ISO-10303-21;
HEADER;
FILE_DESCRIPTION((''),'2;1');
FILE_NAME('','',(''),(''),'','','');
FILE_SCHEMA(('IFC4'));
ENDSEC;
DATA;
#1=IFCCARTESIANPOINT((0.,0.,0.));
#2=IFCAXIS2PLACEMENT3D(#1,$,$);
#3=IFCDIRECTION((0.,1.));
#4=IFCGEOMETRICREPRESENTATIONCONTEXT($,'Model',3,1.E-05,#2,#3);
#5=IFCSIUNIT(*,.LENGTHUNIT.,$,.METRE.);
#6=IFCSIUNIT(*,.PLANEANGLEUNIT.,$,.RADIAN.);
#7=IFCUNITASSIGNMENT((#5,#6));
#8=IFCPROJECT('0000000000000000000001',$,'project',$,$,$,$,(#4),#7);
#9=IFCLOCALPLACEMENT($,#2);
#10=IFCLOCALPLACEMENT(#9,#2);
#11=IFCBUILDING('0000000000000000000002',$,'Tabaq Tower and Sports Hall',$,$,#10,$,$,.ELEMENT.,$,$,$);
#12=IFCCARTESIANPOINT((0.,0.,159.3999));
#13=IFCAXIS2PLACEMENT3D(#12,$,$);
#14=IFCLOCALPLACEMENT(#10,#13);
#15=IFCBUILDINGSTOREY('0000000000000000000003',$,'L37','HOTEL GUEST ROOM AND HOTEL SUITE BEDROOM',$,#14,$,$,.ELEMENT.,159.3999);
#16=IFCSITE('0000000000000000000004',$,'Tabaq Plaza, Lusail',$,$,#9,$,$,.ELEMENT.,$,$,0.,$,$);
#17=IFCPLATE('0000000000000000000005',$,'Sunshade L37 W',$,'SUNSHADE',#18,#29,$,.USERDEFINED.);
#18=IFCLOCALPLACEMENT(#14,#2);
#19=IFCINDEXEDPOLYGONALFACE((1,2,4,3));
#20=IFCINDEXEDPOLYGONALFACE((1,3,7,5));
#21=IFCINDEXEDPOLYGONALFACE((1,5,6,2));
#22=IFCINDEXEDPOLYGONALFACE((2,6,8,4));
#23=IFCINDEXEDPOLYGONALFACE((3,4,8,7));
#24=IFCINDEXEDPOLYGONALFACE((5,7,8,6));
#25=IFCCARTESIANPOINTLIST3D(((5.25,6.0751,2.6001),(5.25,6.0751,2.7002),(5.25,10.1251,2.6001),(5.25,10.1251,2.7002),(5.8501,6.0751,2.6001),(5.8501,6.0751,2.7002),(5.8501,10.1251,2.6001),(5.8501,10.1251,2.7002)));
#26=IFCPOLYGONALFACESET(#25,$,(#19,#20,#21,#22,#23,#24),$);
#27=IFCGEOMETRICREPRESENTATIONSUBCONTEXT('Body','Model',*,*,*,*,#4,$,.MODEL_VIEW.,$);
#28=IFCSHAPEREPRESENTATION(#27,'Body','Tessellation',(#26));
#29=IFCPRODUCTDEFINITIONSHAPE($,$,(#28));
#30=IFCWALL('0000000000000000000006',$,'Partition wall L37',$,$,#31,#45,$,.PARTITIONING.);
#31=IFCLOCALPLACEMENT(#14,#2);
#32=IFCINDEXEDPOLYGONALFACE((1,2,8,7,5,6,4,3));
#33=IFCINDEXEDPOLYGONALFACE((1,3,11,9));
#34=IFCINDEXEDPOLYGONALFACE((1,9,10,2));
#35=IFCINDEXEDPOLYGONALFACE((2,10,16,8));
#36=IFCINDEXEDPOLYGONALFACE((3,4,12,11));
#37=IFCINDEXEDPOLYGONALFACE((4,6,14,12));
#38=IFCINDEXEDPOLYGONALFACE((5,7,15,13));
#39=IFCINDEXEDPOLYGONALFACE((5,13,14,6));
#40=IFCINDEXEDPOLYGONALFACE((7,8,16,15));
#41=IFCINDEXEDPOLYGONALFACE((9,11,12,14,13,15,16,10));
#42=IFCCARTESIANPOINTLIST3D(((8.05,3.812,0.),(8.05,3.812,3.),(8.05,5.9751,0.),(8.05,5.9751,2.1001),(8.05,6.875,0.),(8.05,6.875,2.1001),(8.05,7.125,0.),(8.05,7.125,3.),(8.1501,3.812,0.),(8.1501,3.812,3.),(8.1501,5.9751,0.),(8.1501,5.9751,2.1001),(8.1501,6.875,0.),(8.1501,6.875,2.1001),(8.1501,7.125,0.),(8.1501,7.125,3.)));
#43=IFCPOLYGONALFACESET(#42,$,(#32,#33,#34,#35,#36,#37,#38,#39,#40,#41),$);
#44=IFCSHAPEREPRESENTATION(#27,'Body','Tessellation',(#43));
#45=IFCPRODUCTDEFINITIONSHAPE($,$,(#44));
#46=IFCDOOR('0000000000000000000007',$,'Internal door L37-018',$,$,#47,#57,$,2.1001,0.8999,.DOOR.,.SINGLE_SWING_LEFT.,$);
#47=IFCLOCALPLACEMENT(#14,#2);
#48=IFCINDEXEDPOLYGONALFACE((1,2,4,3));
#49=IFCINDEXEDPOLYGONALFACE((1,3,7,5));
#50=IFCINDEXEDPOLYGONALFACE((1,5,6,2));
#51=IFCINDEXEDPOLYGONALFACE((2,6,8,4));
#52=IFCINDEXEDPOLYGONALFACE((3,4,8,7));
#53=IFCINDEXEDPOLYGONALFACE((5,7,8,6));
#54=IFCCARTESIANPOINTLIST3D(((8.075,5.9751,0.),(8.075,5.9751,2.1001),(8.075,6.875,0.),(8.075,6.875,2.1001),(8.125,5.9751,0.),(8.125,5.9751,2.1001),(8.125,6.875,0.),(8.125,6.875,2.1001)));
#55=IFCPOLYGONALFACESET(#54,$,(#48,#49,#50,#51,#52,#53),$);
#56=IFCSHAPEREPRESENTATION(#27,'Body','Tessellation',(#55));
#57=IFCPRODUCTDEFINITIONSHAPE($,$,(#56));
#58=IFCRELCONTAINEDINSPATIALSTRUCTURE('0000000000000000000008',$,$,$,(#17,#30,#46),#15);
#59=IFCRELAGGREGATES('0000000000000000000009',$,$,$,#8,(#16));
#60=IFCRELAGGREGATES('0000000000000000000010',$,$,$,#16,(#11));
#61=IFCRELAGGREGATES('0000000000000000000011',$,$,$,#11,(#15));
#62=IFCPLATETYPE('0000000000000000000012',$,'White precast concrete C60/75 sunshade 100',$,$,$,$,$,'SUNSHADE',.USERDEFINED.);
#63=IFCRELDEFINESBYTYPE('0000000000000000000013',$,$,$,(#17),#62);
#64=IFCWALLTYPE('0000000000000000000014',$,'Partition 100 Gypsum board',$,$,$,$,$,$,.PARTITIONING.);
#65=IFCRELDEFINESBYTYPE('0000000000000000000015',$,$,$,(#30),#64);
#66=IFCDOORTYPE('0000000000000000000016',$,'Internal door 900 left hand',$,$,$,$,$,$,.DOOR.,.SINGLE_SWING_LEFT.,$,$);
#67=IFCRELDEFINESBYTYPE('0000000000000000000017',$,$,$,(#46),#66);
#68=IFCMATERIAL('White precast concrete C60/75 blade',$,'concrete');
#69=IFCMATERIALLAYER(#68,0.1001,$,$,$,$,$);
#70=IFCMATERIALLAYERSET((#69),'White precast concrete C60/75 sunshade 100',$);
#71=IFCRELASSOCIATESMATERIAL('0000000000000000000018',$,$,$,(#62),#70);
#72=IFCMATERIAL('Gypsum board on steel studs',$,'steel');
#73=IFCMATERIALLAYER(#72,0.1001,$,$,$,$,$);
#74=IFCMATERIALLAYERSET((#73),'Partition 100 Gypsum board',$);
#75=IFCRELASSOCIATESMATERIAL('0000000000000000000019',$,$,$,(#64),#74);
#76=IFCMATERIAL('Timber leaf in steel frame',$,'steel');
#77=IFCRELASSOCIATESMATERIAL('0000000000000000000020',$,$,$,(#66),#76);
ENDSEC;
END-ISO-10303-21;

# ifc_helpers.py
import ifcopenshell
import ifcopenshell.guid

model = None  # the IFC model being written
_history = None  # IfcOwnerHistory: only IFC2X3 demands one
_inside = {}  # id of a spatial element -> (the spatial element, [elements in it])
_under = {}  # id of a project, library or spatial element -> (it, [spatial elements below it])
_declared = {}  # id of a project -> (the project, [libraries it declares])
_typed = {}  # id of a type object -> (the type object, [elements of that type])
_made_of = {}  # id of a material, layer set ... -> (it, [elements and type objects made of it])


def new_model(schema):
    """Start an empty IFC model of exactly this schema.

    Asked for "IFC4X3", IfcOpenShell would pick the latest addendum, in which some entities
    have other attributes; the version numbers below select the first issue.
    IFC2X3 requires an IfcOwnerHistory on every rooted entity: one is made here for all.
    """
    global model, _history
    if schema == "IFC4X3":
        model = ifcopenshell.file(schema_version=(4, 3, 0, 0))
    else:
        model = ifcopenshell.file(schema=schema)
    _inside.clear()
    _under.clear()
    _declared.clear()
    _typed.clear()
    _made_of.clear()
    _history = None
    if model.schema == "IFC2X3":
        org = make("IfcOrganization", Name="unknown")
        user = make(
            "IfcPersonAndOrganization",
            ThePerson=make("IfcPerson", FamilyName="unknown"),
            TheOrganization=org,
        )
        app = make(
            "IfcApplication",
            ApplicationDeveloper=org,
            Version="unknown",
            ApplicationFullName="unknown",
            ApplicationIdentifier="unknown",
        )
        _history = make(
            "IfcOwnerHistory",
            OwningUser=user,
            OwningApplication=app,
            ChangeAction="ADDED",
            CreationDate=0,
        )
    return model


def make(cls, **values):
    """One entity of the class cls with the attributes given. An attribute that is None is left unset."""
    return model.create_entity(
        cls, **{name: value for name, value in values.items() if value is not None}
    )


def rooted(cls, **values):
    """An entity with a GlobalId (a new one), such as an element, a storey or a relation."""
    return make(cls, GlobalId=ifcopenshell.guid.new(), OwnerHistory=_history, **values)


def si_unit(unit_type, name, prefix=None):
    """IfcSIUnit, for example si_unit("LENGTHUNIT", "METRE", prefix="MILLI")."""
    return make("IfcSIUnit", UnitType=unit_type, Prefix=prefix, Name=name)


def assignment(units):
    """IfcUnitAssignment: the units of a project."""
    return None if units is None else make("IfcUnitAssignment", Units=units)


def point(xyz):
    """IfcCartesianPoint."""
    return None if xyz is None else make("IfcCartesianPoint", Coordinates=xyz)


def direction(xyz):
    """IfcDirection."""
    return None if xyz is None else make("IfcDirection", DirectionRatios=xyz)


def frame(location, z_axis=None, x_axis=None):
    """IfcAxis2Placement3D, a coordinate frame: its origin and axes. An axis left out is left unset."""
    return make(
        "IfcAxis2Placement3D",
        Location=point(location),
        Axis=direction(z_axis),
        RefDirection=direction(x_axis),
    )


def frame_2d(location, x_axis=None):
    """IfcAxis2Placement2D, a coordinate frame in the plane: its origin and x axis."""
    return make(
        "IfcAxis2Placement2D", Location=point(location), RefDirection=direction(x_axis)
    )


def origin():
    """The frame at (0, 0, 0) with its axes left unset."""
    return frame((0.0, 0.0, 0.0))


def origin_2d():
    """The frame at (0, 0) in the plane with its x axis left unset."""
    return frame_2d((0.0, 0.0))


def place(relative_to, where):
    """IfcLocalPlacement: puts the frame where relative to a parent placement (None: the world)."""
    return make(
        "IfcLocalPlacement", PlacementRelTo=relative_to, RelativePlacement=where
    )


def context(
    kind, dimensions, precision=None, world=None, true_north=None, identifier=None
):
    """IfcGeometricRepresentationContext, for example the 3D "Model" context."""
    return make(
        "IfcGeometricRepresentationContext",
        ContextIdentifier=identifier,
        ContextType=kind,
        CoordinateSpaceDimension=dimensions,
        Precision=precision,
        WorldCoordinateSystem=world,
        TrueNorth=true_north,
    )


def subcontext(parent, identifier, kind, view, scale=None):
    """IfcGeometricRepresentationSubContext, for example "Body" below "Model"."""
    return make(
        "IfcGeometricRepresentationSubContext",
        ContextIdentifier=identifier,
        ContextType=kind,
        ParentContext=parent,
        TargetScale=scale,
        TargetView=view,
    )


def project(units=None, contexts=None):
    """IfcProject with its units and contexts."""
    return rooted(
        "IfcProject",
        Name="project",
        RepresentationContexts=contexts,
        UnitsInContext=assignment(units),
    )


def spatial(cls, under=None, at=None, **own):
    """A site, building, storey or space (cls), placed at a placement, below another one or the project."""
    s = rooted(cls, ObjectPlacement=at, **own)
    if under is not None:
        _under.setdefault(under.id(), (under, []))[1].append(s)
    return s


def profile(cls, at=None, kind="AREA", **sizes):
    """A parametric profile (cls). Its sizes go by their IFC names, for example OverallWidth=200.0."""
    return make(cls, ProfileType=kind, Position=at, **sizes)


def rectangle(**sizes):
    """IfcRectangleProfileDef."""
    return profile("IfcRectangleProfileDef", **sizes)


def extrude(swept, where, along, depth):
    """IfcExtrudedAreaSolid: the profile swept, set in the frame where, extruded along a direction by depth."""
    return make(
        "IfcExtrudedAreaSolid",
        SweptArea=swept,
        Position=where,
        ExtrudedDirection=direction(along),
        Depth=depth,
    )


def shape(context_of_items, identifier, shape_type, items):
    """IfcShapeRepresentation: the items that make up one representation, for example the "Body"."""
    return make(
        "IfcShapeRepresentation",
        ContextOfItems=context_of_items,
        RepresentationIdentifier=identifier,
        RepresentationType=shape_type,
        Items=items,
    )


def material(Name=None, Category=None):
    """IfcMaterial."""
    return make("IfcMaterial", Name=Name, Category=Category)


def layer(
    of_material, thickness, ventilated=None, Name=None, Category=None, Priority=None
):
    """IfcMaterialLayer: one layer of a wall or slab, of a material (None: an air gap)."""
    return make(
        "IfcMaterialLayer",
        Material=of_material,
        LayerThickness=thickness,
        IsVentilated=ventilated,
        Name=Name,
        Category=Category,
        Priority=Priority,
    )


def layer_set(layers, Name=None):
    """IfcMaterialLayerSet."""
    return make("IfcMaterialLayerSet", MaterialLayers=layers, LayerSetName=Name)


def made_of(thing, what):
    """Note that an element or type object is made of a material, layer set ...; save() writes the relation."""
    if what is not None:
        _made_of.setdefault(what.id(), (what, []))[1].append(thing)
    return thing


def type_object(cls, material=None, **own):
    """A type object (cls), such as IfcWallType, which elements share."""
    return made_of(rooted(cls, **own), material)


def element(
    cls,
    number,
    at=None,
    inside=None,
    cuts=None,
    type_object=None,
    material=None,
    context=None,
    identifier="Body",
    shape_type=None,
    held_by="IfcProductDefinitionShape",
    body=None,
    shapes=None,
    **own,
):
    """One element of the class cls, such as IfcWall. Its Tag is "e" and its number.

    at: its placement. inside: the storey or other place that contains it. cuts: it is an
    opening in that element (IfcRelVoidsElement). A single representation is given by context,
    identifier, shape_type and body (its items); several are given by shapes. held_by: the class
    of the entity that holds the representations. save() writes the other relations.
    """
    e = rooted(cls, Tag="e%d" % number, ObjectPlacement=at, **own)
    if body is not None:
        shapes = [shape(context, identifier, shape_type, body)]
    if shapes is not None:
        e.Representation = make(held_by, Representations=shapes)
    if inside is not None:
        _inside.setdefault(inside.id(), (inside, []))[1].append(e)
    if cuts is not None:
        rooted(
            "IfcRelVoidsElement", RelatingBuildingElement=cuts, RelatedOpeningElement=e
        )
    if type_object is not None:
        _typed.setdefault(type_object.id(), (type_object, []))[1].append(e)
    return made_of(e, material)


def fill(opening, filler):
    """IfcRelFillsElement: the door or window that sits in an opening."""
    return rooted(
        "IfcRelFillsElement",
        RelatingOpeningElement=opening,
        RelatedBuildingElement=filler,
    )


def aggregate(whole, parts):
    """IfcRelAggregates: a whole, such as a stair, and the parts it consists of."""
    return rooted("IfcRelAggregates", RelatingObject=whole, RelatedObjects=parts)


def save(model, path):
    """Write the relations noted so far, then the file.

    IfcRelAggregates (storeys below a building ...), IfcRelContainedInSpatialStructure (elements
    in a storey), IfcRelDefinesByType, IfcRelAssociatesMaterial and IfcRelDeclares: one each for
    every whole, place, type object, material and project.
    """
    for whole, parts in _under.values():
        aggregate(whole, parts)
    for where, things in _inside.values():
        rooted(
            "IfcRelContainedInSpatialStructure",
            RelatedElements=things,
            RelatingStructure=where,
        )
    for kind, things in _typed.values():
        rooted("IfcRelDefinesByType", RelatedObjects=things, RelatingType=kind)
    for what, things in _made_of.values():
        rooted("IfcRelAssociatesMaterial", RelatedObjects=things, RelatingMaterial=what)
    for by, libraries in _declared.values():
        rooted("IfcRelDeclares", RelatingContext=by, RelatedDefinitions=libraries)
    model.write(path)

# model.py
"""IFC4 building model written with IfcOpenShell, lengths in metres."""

from ifc_helpers import new_model, si_unit, direction, frame, frame_2d, origin, origin_2d, place, context, subcontext, project, spatial, rectangle, extrude, material, layer, layer_set, type_object, element, fill, save


model = new_model("IFC4")

# Units and contexts
model_context = context("Model", 3, precision=1e-05, world=origin(), true_north=direction((0.0, 1.0)))
body_context = subcontext(model_context, "Body", "Model", "MODEL_VIEW")
ifc_project = project(units=[si_unit("LENGTHUNIT", "METRE"), si_unit("PLANEANGLEUNIT", "RADIAN")], contexts=[model_context])

# Site, building, storey
site_placement = place(None, origin())
site = spatial("IfcSite", under=ifc_project, at=site_placement, Name="Tabaq Plaza, Lusail", CompositionType="ELEMENT", RefElevation=0.0)
building_placement = place(site_placement, origin())
building = spatial("IfcBuilding", under=site, at=building_placement, Name="Tabaq Tower and Sports Hall", CompositionType="ELEMENT")
storey_placement = place(building_placement, frame((0.0, 0.0, 159.3999)))
storey = spatial("IfcBuildingStorey", under=building, at=storey_placement, Name="L37", Description="HOTEL GUEST ROOM AND HOTEL SUITE BEDROOM", CompositionType="ELEMENT", Elevation=159.3999)

# Plate
ifc_material_1 = material(Name="White precast concrete C60/75 blade", Category="concrete")
ifc_layer_1 = layer(ifc_material_1, 0.1001)
ifc_layer_set_1 = layer_set([ifc_layer_1], Name="White precast concrete C60/75 sunshade 100")
plate_type = type_object("IfcPlateType", Name="White precast concrete C60/75 sunshade 100", ElementType="SUNSHADE", PredefinedType="USERDEFINED", material=ifc_layer_set_1)
plate_placement = place(storey_placement, frame((5.55, 8.1001, 2.6001), z_axis=(0.0, 0.0, 1.0), x_axis=(0.0, -1.0, 0.0)))
element("IfcPlate", 1, at=plate_placement, inside=storey, type_object=plate_type, Name="Sunshade L37 W", ObjectType="SUNSHADE", PredefinedType="USERDEFINED", context=body_context, shape_type="SweptSolid", body=[
    extrude(rectangle(XDim=4.05, YDim=0.6001, at=origin_2d()), origin(), (0.0, 0.0, 1.0), 0.1001),
])

# Wall, opening, door
ifc_material_2 = material(Name="Gypsum board on steel studs", Category="steel")
ifc_layer_2 = layer(ifc_material_2, 0.1001)
ifc_layer_set_2 = layer_set([ifc_layer_2], Name="Partition 100 Gypsum board")
wall_type_1 = type_object("IfcWallType", Name="Partition 100 Gypsum board", PredefinedType="PARTITIONING", material=ifc_layer_set_2)
wall_1_placement = place(storey_placement, frame((8.1001, 7.125, 0.0), z_axis=(0.0, 0.0, 1.0), x_axis=(0.0, -1.0, 0.0)))
wall_1 = element("IfcWall", 2, at=wall_1_placement, inside=storey, type_object=wall_type_1, Name="Partition wall L37", PredefinedType="PARTITIONING", context=body_context, shape_type="SweptSolid", body=[
    extrude(rectangle(XDim=3.313, YDim=0.1001, at=frame_2d((1.6565, 0.0))), origin(), (0.0, 0.0, 1.0), 3.0),
])
opening_1_placement = place(wall_1_placement, frame((0.25, 0.0, 0.0)))
opening_1 = element("IfcOpeningElement", 3, at=opening_1_placement, cuts=wall_1, PredefinedType="OPENING", context=body_context, shape_type="SweptSolid", body=[
    extrude(rectangle(XDim=0.8999, YDim=2.1001, at=frame_2d((0.45, 1.05))), frame((0.0, 0.05, 0.0), z_axis=(0.0, -1.0, 0.0), x_axis=(1.0, 0.0, 0.0)), (0.0, 0.0, 1.0), 0.1001),
])
ifc_material_3 = material(Name="Timber leaf in steel frame", Category="steel")
door_type_1 = type_object("IfcDoorType", Name="Internal door 900 left hand", OperationType="SINGLE_SWING_LEFT", PredefinedType="DOOR", material=ifc_material_3)
door_1_placement = place(opening_1_placement, origin())
door_1 = element("IfcDoor", 4, at=door_1_placement, inside=storey, type_object=door_type_1, Name="Internal door L37-018", OperationType="SINGLE_SWING_LEFT", OverallHeight=2.1001, OverallWidth=0.8999, PredefinedType="DOOR", context=body_context, shape_type="SweptSolid", body=[
    extrude(rectangle(XDim=0.8999, YDim=2.1001, at=frame_2d((0.45, 1.05))), frame((0.0, 0.0249, 0.0), z_axis=(0.0, -1.0, 0.0), x_axis=(1.0, 0.0, 0.0)), (0.0, 0.0, 1.0), 0.05),
])
fill(opening_1, door_1)

save(model, "model.ifc")
